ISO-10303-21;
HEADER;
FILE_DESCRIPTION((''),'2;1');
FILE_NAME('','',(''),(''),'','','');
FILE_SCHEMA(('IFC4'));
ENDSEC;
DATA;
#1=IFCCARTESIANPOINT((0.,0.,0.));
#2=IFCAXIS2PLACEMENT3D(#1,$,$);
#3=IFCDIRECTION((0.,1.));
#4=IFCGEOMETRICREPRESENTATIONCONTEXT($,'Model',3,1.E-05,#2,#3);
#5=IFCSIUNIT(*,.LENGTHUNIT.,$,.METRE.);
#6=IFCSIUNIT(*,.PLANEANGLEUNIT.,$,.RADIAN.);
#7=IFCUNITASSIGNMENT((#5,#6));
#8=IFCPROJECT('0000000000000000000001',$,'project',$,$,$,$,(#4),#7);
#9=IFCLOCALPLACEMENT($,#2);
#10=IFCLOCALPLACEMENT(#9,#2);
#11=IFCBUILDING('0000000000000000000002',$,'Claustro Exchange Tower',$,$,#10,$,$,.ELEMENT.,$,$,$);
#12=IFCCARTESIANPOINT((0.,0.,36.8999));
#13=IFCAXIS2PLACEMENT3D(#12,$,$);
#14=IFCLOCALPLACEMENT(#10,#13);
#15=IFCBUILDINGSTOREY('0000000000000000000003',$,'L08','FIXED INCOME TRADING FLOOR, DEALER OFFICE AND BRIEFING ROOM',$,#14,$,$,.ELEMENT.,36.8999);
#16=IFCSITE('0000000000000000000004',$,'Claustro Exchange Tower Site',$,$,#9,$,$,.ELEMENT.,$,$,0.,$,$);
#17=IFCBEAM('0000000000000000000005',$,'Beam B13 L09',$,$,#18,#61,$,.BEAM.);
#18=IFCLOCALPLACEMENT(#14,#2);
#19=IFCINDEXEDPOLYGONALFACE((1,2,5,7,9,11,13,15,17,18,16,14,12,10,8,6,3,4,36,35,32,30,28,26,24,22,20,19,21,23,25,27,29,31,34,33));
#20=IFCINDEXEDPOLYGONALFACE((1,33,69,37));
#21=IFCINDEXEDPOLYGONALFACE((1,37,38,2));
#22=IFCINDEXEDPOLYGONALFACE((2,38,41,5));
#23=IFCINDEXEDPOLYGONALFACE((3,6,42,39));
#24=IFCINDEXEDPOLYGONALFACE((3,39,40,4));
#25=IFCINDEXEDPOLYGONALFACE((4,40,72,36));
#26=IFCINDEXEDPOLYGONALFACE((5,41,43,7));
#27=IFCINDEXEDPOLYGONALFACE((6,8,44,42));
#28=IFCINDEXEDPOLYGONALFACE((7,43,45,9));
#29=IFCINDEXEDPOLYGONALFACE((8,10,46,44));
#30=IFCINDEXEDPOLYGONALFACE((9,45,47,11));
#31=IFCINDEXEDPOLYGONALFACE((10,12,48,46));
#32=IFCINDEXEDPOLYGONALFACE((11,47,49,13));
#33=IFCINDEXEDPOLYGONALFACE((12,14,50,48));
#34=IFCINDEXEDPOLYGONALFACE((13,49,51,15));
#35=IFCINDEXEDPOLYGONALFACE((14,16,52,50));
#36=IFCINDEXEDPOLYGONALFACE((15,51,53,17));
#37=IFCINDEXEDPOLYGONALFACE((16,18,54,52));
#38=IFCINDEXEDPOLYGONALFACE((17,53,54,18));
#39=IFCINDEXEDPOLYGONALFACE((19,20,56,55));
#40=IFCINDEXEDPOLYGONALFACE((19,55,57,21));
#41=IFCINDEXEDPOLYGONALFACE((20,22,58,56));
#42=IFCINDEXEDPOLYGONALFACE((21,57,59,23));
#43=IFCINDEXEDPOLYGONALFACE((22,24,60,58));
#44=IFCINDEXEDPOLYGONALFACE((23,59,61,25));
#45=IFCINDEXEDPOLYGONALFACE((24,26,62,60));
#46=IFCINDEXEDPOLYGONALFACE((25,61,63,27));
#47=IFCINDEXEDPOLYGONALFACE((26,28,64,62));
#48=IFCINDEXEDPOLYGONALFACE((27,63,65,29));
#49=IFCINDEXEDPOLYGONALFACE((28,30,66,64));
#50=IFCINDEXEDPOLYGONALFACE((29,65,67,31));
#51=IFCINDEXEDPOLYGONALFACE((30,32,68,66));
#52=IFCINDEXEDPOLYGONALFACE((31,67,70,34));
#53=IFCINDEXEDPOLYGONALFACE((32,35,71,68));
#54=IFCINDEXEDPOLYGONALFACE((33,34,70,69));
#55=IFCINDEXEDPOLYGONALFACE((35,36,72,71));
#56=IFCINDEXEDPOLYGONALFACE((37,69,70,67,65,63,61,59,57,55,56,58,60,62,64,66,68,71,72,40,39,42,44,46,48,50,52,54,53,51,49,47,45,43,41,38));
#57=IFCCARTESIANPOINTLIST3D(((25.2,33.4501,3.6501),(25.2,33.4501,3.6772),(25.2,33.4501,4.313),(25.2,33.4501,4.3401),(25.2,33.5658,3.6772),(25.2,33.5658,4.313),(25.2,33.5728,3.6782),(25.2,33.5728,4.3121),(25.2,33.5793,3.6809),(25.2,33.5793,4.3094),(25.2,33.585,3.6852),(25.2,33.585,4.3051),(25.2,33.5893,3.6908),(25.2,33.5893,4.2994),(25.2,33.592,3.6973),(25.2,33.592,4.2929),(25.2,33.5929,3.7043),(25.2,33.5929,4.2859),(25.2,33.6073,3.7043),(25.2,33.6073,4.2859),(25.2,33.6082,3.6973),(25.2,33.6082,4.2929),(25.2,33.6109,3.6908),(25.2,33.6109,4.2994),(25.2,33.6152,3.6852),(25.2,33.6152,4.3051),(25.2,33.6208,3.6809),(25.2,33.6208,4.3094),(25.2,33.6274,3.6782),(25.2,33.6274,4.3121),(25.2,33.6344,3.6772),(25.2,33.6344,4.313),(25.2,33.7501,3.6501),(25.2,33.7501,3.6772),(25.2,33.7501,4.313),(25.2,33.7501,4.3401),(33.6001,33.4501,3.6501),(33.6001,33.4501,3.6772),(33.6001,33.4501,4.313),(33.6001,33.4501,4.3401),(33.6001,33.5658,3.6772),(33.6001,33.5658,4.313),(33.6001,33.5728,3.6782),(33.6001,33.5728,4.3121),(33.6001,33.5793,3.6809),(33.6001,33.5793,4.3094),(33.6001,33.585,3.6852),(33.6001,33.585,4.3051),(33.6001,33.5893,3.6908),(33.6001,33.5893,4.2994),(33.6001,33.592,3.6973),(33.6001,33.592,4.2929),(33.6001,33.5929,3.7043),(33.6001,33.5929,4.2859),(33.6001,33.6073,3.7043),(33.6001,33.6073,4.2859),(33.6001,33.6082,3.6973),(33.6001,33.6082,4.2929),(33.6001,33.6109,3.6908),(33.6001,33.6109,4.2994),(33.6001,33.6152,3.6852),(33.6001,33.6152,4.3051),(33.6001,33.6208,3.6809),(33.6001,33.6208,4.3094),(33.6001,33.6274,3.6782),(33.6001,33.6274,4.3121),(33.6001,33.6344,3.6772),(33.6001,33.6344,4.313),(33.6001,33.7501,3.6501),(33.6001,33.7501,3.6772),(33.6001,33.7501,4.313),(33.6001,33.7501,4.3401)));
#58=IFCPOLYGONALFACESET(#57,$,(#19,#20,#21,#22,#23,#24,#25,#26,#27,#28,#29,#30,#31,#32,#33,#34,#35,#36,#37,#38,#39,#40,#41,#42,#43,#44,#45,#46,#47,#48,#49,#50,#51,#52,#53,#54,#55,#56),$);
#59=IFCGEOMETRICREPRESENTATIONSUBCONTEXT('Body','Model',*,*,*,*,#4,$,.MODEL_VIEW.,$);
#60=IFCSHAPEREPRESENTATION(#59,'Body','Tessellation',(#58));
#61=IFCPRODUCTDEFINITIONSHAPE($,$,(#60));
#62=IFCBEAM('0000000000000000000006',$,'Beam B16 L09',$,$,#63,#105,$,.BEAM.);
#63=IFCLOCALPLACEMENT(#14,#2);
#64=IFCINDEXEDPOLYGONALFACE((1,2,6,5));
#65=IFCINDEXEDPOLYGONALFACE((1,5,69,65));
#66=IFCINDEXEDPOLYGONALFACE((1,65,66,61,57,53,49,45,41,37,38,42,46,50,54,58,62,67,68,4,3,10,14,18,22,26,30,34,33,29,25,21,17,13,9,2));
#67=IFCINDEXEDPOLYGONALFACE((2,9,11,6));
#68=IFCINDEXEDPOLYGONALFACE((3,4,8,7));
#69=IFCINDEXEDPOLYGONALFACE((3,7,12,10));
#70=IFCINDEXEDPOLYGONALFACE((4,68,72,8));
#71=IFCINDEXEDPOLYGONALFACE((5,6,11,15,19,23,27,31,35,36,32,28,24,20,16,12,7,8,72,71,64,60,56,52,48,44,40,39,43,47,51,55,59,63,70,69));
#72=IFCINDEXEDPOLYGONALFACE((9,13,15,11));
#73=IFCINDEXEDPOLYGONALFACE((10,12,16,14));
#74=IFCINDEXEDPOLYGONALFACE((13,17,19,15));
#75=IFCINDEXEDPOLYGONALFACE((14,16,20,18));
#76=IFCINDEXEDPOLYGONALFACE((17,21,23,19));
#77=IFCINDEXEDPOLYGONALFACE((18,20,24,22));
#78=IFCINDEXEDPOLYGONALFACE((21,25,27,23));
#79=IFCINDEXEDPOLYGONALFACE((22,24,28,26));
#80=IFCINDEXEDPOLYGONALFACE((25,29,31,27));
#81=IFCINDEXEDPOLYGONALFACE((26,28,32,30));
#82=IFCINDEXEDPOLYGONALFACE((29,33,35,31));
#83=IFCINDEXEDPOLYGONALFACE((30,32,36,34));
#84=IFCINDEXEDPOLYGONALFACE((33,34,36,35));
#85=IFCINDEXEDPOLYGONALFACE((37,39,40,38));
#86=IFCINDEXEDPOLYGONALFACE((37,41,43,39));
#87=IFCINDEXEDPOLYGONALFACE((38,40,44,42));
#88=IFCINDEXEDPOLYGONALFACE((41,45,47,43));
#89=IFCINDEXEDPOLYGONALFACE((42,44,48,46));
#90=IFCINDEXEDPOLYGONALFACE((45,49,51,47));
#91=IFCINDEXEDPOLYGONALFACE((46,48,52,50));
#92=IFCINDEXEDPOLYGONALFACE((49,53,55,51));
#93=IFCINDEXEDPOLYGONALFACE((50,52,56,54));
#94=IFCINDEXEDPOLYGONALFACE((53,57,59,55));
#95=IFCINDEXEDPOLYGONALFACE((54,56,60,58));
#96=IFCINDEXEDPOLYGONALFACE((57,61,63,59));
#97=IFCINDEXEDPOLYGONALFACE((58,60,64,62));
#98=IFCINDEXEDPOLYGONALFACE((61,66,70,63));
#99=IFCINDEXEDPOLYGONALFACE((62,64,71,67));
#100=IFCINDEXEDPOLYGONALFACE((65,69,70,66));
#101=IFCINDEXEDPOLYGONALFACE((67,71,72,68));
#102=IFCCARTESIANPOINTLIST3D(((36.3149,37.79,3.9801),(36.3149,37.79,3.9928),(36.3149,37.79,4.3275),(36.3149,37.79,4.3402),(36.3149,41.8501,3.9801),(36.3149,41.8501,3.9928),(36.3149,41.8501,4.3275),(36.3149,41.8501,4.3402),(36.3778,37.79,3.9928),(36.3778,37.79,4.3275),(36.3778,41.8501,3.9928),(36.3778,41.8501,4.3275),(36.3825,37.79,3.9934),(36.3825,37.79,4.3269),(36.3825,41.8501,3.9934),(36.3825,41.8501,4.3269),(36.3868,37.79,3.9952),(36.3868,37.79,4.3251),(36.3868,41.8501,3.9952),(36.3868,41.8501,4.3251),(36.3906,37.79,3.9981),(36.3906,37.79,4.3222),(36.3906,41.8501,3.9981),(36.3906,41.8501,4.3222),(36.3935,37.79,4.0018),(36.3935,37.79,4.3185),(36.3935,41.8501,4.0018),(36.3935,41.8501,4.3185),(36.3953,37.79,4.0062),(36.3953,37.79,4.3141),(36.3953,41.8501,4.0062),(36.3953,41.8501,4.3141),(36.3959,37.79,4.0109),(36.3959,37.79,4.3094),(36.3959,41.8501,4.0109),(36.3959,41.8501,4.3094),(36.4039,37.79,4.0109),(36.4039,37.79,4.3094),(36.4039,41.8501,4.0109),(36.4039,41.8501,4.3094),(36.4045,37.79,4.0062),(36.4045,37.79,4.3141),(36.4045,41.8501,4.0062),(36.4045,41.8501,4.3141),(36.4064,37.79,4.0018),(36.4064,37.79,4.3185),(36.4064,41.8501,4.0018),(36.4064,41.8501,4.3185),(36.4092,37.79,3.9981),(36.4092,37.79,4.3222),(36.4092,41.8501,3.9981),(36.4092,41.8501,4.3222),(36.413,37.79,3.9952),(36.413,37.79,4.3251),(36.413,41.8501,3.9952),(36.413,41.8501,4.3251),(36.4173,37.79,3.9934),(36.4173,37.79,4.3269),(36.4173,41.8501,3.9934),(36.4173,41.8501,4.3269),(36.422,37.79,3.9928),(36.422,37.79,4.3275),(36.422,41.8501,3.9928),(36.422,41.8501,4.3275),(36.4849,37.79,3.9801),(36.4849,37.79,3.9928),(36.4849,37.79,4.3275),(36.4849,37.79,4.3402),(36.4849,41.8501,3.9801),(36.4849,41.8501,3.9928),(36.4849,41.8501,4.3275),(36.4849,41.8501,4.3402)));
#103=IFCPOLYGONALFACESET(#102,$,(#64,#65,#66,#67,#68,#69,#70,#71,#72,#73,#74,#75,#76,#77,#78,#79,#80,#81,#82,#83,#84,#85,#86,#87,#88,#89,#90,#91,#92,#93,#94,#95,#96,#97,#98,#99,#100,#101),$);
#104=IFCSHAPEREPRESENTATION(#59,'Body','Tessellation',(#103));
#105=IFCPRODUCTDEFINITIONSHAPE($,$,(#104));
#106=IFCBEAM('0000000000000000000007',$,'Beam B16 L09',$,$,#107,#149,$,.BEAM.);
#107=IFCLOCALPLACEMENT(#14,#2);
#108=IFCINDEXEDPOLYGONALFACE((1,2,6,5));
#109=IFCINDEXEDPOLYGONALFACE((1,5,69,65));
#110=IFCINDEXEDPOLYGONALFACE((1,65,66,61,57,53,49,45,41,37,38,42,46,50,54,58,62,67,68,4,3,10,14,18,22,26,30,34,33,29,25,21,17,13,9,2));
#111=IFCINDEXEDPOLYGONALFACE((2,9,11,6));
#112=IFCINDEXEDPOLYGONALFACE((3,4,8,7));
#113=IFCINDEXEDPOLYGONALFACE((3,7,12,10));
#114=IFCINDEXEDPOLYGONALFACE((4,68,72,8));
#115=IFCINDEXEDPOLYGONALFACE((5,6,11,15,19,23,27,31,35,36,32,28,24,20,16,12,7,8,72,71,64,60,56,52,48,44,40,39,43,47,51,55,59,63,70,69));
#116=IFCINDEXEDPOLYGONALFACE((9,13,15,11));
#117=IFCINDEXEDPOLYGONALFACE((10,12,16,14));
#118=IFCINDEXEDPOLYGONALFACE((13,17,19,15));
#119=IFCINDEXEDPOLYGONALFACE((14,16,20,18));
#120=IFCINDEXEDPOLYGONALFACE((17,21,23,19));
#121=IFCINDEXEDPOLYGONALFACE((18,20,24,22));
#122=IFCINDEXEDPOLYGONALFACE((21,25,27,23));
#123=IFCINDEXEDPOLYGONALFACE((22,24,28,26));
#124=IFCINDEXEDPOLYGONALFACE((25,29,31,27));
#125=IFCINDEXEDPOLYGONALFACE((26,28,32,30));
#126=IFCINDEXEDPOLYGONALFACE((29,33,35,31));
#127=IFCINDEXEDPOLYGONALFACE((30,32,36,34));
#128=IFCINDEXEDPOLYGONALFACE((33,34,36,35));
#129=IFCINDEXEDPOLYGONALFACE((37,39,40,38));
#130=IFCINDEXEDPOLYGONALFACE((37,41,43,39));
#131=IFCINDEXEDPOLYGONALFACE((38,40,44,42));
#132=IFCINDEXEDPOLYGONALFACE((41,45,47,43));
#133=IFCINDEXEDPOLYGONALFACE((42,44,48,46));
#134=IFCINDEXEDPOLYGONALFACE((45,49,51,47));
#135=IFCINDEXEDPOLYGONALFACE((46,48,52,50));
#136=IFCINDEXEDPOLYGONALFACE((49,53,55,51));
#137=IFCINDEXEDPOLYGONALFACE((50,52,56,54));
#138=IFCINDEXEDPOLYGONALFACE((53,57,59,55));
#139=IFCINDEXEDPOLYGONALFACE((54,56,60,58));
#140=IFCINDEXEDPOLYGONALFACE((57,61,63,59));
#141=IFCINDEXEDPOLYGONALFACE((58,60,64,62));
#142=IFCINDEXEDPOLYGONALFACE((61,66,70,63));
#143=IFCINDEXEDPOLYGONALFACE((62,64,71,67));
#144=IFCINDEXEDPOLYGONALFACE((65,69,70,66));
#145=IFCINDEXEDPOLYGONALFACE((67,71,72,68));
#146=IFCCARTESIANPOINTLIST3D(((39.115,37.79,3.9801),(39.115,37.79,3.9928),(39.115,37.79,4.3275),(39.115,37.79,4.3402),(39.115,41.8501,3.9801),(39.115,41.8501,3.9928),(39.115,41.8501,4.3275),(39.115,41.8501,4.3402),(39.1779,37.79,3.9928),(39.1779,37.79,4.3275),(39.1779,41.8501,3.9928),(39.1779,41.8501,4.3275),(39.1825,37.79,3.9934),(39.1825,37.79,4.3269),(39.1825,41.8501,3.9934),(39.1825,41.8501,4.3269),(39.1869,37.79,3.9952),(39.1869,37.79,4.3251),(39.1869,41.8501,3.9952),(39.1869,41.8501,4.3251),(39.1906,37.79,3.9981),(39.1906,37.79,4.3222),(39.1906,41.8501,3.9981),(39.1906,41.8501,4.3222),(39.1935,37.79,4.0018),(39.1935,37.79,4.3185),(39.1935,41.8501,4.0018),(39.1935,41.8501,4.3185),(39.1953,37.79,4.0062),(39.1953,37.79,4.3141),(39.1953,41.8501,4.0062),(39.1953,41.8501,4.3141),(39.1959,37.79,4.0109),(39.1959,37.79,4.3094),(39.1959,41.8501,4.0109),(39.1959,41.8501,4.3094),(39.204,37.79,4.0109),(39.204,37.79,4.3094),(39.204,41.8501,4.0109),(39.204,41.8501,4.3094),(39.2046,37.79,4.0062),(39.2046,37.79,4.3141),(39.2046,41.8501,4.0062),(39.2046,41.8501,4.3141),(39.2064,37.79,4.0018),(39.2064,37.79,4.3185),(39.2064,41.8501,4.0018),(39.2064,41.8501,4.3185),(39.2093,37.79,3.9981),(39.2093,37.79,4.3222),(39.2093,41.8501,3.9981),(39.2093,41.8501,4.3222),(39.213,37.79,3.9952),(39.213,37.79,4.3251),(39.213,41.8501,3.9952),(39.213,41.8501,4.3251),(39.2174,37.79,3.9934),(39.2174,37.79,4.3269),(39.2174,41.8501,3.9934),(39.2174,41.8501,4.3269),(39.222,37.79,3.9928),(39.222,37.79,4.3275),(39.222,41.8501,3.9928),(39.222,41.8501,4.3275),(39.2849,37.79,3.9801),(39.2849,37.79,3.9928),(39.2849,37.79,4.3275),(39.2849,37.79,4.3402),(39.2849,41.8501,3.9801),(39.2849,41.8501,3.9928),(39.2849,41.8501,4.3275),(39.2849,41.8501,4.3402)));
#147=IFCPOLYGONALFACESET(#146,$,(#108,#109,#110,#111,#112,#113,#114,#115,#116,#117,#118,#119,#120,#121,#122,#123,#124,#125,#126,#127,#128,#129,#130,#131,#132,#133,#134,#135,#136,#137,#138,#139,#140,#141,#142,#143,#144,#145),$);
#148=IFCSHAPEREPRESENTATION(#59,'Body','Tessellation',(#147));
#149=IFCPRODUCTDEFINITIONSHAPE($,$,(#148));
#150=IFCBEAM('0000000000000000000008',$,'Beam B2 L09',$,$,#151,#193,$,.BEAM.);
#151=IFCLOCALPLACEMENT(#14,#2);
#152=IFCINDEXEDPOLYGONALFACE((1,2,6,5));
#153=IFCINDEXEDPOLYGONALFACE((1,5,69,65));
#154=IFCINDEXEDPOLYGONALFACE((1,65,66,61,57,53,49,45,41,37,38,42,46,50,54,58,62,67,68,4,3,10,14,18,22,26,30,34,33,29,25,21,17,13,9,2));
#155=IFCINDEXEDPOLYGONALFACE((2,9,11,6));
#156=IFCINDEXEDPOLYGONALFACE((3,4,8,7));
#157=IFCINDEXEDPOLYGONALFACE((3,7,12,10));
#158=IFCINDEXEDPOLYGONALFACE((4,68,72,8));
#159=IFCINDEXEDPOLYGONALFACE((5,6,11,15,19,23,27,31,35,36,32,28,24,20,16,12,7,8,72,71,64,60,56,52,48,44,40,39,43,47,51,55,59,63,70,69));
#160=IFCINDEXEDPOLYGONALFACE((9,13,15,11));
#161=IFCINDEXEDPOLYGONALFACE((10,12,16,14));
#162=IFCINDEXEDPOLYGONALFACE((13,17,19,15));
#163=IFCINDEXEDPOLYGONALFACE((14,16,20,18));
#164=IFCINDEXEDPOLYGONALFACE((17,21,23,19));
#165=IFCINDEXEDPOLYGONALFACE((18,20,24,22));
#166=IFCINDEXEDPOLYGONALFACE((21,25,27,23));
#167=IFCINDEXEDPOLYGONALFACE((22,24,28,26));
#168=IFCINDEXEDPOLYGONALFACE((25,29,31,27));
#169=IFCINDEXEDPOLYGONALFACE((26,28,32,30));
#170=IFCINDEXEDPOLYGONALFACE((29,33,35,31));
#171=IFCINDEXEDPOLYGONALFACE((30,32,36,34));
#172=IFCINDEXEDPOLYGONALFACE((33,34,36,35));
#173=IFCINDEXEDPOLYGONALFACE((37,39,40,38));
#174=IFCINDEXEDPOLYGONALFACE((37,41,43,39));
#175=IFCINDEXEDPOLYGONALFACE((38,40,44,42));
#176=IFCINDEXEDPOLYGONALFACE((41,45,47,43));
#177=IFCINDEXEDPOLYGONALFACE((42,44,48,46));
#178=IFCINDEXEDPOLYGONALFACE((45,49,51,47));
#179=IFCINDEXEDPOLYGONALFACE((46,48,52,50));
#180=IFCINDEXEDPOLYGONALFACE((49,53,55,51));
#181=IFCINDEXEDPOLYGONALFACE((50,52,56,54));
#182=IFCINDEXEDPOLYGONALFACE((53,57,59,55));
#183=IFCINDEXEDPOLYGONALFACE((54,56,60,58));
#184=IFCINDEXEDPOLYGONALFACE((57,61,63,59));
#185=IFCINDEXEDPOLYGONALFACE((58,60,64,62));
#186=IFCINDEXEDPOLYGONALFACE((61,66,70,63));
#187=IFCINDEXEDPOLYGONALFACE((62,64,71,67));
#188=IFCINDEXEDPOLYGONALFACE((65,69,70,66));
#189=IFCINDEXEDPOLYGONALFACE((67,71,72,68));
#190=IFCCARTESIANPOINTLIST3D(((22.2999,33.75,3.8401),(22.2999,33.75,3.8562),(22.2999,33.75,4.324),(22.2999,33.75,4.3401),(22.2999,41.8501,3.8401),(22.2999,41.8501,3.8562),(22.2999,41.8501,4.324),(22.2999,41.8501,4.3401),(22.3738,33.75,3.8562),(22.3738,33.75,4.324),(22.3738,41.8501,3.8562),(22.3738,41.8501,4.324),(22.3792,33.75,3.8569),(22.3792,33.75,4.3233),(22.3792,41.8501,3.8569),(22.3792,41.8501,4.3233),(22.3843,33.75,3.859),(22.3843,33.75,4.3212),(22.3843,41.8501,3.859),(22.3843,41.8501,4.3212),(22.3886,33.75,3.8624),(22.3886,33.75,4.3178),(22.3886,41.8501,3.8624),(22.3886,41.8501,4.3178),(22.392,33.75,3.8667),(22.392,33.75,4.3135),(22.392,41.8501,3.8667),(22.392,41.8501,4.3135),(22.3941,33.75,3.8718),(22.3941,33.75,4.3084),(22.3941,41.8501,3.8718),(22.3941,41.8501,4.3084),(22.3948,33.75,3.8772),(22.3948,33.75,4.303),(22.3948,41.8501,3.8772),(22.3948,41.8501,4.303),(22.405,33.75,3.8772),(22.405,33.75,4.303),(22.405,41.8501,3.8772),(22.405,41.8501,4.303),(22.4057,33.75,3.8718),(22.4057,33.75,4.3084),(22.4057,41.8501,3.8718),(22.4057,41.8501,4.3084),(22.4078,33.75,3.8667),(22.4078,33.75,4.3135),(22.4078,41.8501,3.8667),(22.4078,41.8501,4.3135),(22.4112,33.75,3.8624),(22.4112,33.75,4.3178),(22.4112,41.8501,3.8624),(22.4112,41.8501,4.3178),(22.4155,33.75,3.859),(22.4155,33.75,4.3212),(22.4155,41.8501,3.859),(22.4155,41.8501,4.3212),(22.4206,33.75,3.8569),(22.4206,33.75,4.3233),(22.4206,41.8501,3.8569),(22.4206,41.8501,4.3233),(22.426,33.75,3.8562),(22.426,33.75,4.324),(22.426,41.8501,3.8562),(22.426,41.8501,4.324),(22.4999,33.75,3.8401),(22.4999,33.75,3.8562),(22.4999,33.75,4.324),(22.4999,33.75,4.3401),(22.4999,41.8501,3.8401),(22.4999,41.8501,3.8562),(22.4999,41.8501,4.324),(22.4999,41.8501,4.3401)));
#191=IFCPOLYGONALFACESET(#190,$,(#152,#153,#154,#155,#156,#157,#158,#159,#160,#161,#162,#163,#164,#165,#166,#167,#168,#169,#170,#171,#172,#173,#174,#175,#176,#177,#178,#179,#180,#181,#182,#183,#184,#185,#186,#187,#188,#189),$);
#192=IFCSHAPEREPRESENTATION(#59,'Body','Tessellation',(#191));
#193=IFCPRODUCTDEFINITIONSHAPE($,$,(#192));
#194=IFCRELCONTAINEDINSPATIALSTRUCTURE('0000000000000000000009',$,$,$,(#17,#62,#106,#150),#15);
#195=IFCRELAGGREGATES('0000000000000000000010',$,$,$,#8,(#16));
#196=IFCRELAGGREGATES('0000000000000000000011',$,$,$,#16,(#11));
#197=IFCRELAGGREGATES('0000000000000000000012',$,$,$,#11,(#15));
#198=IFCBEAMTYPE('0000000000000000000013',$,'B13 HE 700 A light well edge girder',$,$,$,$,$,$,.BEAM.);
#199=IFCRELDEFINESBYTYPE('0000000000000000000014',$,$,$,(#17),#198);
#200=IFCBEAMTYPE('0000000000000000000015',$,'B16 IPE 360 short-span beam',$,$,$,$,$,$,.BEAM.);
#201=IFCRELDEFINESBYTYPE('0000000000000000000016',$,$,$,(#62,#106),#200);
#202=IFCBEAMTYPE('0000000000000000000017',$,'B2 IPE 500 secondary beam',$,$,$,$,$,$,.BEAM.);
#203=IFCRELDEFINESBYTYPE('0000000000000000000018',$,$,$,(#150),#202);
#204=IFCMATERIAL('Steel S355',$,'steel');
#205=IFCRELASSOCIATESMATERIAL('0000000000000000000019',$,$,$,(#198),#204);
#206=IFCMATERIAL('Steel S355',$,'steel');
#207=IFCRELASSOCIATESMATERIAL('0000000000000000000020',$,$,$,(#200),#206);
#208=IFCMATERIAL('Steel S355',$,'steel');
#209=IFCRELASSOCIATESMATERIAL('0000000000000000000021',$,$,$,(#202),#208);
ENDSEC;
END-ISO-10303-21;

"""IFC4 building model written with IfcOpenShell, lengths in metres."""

from ifc_helpers import new_model, si_unit, direction, frame, origin, origin_2d, place, context, subcontext, project, spatial, i_section, extrude, material, material_profile, profile_set, type_object, element, save


model = new_model("IFC4")

# Units and contexts
model_context = context("Model", 3, precision=1e-05, world=origin(), true_north=direction((0.0, 1.0)))
body_context = subcontext(model_context, "Body", "Model", "MODEL_VIEW")
ifc_project = project(units=[si_unit("LENGTHUNIT", "METRE"), si_unit("PLANEANGLEUNIT", "RADIAN")], contexts=[model_context])

# Site, building, storey
site_placement = place(None, origin())
site = spatial("IfcSite", under=ifc_project, at=site_placement, Name="Claustro Exchange Tower Site", CompositionType="ELEMENT", RefElevation=0.0)
building_placement = place(site_placement, origin())
building = spatial("IfcBuilding", under=site, at=building_placement, Name="Claustro Exchange Tower", CompositionType="ELEMENT")
storey_placement = place(building_placement, frame((0.0, 0.0, 36.8999)))
storey = spatial("IfcBuildingStorey", under=building, at=storey_placement, Name="L08", Description="FIXED INCOME TRADING FLOOR, DEALER OFFICE AND BRIEFING ROOM", CompositionType="ELEMENT", Elevation=36.8999)

# Beams
ifc_material_1 = material(Name="Steel S355", Category="steel")
ifc_material_profile_1 = material_profile(ifc_material_1, i_section(OverallWidth=0.3, OverallDepth=0.6899, WebThickness=0.0144, FlangeThickness=0.0271, FilletRadius=0.0271, at=origin_2d()), Name="HE 700 A")
ifc_profile_set_1 = profile_set([ifc_material_profile_1], Name="Steel S355")
beam_type_1 = type_object("IfcBeamType", Name="B13 HE 700 A light well edge girder", PredefinedType="BEAM", material=ifc_profile_set_1)
beam_1_placement = place(storey_placement, frame((25.2, 33.6001, 3.9951), z_axis=(1.0, 0.0, 0.0), x_axis=(0.0, 1.0, 0.0)))
element("IfcBeam", 1, at=beam_1_placement, inside=storey, type_object=beam_type_1, Name="Beam B13 L09", PredefinedType="BEAM", context=body_context, shape_type="SweptSolid", body=[
    extrude(i_section(OverallWidth=0.3, OverallDepth=0.6899, WebThickness=0.0144, FlangeThickness=0.0271, FilletRadius=0.0271, at=origin_2d()), origin(), (0.0, 0.0, 1.0), 8.4001),
])
ifc_material_2 = material(Name="Steel S355", Category="steel")
ifc_material_profile_2 = material_profile(ifc_material_2, i_section(OverallWidth=0.1699, OverallDepth=0.3601, WebThickness=0.0081, FlangeThickness=0.0127, FilletRadius=0.0181, at=origin_2d()), Name="IPE 360")
ifc_profile_set_2 = profile_set([ifc_material_profile_2], Name="Steel S355")
beam_type_2 = type_object("IfcBeamType", Name="B16 IPE 360 short-span beam", PredefinedType="BEAM", material=ifc_profile_set_2)
for number, where, z_axis, x_axis, name in (
    (2, (36.3999, 37.79, 4.1602), (0.0, 1.0, 0.0), (-1.0, 0.0, 0.0), "Beam B16 L09"),
    (3, (39.2, 37.79, 4.1602), (0.0, 1.0, 0.0), (-1.0, 0.0, 0.0), "Beam B16 L09"),
):
    element("IfcBeam", number, at=place(storey_placement, frame(where, z_axis=z_axis, x_axis=x_axis)), inside=storey, type_object=beam_type_2, Name=name, PredefinedType="BEAM", context=body_context, shape_type="SweptSolid", body=[
        extrude(i_section(OverallWidth=0.1699, OverallDepth=0.3601, WebThickness=0.0081, FlangeThickness=0.0127, FilletRadius=0.0181, at=origin_2d()), origin(), (0.0, 0.0, 1.0), 4.0601),
    ])
ifc_material_3 = material(Name="Steel S355", Category="steel")
ifc_material_profile_3 = material_profile(ifc_material_3, i_section(OverallWidth=0.2, OverallDepth=0.5, WebThickness=0.0103, FlangeThickness=0.0161, FilletRadius=0.021, at=origin_2d()), Name="IPE 500")
ifc_profile_set_3 = profile_set([ifc_material_profile_3], Name="Steel S355")
beam_type_3 = type_object("IfcBeamType", Name="B2 IPE 500 secondary beam", PredefinedType="BEAM", material=ifc_profile_set_3)
for number, where, z_axis, x_axis, name in (
    (4, (22.3999, 33.75, 4.0901), (0.0, 1.0, 0.0), (-1.0, 0.0, 0.0), "Beam B2 L09"),
):
    element("IfcBeam", number, at=place(storey_placement, frame(where, z_axis=z_axis, x_axis=x_axis)), inside=storey, type_object=beam_type_3, Name=name, PredefinedType="BEAM", context=body_context, shape_type="SweptSolid", body=[
        extrude(i_section(OverallWidth=0.2, OverallDepth=0.5, WebThickness=0.0103, FlangeThickness=0.0161, FilletRadius=0.021, at=origin_2d()), origin(), (0.0, 0.0, 1.0), 8.1001),
    ])

save(model, "model.ifc")
